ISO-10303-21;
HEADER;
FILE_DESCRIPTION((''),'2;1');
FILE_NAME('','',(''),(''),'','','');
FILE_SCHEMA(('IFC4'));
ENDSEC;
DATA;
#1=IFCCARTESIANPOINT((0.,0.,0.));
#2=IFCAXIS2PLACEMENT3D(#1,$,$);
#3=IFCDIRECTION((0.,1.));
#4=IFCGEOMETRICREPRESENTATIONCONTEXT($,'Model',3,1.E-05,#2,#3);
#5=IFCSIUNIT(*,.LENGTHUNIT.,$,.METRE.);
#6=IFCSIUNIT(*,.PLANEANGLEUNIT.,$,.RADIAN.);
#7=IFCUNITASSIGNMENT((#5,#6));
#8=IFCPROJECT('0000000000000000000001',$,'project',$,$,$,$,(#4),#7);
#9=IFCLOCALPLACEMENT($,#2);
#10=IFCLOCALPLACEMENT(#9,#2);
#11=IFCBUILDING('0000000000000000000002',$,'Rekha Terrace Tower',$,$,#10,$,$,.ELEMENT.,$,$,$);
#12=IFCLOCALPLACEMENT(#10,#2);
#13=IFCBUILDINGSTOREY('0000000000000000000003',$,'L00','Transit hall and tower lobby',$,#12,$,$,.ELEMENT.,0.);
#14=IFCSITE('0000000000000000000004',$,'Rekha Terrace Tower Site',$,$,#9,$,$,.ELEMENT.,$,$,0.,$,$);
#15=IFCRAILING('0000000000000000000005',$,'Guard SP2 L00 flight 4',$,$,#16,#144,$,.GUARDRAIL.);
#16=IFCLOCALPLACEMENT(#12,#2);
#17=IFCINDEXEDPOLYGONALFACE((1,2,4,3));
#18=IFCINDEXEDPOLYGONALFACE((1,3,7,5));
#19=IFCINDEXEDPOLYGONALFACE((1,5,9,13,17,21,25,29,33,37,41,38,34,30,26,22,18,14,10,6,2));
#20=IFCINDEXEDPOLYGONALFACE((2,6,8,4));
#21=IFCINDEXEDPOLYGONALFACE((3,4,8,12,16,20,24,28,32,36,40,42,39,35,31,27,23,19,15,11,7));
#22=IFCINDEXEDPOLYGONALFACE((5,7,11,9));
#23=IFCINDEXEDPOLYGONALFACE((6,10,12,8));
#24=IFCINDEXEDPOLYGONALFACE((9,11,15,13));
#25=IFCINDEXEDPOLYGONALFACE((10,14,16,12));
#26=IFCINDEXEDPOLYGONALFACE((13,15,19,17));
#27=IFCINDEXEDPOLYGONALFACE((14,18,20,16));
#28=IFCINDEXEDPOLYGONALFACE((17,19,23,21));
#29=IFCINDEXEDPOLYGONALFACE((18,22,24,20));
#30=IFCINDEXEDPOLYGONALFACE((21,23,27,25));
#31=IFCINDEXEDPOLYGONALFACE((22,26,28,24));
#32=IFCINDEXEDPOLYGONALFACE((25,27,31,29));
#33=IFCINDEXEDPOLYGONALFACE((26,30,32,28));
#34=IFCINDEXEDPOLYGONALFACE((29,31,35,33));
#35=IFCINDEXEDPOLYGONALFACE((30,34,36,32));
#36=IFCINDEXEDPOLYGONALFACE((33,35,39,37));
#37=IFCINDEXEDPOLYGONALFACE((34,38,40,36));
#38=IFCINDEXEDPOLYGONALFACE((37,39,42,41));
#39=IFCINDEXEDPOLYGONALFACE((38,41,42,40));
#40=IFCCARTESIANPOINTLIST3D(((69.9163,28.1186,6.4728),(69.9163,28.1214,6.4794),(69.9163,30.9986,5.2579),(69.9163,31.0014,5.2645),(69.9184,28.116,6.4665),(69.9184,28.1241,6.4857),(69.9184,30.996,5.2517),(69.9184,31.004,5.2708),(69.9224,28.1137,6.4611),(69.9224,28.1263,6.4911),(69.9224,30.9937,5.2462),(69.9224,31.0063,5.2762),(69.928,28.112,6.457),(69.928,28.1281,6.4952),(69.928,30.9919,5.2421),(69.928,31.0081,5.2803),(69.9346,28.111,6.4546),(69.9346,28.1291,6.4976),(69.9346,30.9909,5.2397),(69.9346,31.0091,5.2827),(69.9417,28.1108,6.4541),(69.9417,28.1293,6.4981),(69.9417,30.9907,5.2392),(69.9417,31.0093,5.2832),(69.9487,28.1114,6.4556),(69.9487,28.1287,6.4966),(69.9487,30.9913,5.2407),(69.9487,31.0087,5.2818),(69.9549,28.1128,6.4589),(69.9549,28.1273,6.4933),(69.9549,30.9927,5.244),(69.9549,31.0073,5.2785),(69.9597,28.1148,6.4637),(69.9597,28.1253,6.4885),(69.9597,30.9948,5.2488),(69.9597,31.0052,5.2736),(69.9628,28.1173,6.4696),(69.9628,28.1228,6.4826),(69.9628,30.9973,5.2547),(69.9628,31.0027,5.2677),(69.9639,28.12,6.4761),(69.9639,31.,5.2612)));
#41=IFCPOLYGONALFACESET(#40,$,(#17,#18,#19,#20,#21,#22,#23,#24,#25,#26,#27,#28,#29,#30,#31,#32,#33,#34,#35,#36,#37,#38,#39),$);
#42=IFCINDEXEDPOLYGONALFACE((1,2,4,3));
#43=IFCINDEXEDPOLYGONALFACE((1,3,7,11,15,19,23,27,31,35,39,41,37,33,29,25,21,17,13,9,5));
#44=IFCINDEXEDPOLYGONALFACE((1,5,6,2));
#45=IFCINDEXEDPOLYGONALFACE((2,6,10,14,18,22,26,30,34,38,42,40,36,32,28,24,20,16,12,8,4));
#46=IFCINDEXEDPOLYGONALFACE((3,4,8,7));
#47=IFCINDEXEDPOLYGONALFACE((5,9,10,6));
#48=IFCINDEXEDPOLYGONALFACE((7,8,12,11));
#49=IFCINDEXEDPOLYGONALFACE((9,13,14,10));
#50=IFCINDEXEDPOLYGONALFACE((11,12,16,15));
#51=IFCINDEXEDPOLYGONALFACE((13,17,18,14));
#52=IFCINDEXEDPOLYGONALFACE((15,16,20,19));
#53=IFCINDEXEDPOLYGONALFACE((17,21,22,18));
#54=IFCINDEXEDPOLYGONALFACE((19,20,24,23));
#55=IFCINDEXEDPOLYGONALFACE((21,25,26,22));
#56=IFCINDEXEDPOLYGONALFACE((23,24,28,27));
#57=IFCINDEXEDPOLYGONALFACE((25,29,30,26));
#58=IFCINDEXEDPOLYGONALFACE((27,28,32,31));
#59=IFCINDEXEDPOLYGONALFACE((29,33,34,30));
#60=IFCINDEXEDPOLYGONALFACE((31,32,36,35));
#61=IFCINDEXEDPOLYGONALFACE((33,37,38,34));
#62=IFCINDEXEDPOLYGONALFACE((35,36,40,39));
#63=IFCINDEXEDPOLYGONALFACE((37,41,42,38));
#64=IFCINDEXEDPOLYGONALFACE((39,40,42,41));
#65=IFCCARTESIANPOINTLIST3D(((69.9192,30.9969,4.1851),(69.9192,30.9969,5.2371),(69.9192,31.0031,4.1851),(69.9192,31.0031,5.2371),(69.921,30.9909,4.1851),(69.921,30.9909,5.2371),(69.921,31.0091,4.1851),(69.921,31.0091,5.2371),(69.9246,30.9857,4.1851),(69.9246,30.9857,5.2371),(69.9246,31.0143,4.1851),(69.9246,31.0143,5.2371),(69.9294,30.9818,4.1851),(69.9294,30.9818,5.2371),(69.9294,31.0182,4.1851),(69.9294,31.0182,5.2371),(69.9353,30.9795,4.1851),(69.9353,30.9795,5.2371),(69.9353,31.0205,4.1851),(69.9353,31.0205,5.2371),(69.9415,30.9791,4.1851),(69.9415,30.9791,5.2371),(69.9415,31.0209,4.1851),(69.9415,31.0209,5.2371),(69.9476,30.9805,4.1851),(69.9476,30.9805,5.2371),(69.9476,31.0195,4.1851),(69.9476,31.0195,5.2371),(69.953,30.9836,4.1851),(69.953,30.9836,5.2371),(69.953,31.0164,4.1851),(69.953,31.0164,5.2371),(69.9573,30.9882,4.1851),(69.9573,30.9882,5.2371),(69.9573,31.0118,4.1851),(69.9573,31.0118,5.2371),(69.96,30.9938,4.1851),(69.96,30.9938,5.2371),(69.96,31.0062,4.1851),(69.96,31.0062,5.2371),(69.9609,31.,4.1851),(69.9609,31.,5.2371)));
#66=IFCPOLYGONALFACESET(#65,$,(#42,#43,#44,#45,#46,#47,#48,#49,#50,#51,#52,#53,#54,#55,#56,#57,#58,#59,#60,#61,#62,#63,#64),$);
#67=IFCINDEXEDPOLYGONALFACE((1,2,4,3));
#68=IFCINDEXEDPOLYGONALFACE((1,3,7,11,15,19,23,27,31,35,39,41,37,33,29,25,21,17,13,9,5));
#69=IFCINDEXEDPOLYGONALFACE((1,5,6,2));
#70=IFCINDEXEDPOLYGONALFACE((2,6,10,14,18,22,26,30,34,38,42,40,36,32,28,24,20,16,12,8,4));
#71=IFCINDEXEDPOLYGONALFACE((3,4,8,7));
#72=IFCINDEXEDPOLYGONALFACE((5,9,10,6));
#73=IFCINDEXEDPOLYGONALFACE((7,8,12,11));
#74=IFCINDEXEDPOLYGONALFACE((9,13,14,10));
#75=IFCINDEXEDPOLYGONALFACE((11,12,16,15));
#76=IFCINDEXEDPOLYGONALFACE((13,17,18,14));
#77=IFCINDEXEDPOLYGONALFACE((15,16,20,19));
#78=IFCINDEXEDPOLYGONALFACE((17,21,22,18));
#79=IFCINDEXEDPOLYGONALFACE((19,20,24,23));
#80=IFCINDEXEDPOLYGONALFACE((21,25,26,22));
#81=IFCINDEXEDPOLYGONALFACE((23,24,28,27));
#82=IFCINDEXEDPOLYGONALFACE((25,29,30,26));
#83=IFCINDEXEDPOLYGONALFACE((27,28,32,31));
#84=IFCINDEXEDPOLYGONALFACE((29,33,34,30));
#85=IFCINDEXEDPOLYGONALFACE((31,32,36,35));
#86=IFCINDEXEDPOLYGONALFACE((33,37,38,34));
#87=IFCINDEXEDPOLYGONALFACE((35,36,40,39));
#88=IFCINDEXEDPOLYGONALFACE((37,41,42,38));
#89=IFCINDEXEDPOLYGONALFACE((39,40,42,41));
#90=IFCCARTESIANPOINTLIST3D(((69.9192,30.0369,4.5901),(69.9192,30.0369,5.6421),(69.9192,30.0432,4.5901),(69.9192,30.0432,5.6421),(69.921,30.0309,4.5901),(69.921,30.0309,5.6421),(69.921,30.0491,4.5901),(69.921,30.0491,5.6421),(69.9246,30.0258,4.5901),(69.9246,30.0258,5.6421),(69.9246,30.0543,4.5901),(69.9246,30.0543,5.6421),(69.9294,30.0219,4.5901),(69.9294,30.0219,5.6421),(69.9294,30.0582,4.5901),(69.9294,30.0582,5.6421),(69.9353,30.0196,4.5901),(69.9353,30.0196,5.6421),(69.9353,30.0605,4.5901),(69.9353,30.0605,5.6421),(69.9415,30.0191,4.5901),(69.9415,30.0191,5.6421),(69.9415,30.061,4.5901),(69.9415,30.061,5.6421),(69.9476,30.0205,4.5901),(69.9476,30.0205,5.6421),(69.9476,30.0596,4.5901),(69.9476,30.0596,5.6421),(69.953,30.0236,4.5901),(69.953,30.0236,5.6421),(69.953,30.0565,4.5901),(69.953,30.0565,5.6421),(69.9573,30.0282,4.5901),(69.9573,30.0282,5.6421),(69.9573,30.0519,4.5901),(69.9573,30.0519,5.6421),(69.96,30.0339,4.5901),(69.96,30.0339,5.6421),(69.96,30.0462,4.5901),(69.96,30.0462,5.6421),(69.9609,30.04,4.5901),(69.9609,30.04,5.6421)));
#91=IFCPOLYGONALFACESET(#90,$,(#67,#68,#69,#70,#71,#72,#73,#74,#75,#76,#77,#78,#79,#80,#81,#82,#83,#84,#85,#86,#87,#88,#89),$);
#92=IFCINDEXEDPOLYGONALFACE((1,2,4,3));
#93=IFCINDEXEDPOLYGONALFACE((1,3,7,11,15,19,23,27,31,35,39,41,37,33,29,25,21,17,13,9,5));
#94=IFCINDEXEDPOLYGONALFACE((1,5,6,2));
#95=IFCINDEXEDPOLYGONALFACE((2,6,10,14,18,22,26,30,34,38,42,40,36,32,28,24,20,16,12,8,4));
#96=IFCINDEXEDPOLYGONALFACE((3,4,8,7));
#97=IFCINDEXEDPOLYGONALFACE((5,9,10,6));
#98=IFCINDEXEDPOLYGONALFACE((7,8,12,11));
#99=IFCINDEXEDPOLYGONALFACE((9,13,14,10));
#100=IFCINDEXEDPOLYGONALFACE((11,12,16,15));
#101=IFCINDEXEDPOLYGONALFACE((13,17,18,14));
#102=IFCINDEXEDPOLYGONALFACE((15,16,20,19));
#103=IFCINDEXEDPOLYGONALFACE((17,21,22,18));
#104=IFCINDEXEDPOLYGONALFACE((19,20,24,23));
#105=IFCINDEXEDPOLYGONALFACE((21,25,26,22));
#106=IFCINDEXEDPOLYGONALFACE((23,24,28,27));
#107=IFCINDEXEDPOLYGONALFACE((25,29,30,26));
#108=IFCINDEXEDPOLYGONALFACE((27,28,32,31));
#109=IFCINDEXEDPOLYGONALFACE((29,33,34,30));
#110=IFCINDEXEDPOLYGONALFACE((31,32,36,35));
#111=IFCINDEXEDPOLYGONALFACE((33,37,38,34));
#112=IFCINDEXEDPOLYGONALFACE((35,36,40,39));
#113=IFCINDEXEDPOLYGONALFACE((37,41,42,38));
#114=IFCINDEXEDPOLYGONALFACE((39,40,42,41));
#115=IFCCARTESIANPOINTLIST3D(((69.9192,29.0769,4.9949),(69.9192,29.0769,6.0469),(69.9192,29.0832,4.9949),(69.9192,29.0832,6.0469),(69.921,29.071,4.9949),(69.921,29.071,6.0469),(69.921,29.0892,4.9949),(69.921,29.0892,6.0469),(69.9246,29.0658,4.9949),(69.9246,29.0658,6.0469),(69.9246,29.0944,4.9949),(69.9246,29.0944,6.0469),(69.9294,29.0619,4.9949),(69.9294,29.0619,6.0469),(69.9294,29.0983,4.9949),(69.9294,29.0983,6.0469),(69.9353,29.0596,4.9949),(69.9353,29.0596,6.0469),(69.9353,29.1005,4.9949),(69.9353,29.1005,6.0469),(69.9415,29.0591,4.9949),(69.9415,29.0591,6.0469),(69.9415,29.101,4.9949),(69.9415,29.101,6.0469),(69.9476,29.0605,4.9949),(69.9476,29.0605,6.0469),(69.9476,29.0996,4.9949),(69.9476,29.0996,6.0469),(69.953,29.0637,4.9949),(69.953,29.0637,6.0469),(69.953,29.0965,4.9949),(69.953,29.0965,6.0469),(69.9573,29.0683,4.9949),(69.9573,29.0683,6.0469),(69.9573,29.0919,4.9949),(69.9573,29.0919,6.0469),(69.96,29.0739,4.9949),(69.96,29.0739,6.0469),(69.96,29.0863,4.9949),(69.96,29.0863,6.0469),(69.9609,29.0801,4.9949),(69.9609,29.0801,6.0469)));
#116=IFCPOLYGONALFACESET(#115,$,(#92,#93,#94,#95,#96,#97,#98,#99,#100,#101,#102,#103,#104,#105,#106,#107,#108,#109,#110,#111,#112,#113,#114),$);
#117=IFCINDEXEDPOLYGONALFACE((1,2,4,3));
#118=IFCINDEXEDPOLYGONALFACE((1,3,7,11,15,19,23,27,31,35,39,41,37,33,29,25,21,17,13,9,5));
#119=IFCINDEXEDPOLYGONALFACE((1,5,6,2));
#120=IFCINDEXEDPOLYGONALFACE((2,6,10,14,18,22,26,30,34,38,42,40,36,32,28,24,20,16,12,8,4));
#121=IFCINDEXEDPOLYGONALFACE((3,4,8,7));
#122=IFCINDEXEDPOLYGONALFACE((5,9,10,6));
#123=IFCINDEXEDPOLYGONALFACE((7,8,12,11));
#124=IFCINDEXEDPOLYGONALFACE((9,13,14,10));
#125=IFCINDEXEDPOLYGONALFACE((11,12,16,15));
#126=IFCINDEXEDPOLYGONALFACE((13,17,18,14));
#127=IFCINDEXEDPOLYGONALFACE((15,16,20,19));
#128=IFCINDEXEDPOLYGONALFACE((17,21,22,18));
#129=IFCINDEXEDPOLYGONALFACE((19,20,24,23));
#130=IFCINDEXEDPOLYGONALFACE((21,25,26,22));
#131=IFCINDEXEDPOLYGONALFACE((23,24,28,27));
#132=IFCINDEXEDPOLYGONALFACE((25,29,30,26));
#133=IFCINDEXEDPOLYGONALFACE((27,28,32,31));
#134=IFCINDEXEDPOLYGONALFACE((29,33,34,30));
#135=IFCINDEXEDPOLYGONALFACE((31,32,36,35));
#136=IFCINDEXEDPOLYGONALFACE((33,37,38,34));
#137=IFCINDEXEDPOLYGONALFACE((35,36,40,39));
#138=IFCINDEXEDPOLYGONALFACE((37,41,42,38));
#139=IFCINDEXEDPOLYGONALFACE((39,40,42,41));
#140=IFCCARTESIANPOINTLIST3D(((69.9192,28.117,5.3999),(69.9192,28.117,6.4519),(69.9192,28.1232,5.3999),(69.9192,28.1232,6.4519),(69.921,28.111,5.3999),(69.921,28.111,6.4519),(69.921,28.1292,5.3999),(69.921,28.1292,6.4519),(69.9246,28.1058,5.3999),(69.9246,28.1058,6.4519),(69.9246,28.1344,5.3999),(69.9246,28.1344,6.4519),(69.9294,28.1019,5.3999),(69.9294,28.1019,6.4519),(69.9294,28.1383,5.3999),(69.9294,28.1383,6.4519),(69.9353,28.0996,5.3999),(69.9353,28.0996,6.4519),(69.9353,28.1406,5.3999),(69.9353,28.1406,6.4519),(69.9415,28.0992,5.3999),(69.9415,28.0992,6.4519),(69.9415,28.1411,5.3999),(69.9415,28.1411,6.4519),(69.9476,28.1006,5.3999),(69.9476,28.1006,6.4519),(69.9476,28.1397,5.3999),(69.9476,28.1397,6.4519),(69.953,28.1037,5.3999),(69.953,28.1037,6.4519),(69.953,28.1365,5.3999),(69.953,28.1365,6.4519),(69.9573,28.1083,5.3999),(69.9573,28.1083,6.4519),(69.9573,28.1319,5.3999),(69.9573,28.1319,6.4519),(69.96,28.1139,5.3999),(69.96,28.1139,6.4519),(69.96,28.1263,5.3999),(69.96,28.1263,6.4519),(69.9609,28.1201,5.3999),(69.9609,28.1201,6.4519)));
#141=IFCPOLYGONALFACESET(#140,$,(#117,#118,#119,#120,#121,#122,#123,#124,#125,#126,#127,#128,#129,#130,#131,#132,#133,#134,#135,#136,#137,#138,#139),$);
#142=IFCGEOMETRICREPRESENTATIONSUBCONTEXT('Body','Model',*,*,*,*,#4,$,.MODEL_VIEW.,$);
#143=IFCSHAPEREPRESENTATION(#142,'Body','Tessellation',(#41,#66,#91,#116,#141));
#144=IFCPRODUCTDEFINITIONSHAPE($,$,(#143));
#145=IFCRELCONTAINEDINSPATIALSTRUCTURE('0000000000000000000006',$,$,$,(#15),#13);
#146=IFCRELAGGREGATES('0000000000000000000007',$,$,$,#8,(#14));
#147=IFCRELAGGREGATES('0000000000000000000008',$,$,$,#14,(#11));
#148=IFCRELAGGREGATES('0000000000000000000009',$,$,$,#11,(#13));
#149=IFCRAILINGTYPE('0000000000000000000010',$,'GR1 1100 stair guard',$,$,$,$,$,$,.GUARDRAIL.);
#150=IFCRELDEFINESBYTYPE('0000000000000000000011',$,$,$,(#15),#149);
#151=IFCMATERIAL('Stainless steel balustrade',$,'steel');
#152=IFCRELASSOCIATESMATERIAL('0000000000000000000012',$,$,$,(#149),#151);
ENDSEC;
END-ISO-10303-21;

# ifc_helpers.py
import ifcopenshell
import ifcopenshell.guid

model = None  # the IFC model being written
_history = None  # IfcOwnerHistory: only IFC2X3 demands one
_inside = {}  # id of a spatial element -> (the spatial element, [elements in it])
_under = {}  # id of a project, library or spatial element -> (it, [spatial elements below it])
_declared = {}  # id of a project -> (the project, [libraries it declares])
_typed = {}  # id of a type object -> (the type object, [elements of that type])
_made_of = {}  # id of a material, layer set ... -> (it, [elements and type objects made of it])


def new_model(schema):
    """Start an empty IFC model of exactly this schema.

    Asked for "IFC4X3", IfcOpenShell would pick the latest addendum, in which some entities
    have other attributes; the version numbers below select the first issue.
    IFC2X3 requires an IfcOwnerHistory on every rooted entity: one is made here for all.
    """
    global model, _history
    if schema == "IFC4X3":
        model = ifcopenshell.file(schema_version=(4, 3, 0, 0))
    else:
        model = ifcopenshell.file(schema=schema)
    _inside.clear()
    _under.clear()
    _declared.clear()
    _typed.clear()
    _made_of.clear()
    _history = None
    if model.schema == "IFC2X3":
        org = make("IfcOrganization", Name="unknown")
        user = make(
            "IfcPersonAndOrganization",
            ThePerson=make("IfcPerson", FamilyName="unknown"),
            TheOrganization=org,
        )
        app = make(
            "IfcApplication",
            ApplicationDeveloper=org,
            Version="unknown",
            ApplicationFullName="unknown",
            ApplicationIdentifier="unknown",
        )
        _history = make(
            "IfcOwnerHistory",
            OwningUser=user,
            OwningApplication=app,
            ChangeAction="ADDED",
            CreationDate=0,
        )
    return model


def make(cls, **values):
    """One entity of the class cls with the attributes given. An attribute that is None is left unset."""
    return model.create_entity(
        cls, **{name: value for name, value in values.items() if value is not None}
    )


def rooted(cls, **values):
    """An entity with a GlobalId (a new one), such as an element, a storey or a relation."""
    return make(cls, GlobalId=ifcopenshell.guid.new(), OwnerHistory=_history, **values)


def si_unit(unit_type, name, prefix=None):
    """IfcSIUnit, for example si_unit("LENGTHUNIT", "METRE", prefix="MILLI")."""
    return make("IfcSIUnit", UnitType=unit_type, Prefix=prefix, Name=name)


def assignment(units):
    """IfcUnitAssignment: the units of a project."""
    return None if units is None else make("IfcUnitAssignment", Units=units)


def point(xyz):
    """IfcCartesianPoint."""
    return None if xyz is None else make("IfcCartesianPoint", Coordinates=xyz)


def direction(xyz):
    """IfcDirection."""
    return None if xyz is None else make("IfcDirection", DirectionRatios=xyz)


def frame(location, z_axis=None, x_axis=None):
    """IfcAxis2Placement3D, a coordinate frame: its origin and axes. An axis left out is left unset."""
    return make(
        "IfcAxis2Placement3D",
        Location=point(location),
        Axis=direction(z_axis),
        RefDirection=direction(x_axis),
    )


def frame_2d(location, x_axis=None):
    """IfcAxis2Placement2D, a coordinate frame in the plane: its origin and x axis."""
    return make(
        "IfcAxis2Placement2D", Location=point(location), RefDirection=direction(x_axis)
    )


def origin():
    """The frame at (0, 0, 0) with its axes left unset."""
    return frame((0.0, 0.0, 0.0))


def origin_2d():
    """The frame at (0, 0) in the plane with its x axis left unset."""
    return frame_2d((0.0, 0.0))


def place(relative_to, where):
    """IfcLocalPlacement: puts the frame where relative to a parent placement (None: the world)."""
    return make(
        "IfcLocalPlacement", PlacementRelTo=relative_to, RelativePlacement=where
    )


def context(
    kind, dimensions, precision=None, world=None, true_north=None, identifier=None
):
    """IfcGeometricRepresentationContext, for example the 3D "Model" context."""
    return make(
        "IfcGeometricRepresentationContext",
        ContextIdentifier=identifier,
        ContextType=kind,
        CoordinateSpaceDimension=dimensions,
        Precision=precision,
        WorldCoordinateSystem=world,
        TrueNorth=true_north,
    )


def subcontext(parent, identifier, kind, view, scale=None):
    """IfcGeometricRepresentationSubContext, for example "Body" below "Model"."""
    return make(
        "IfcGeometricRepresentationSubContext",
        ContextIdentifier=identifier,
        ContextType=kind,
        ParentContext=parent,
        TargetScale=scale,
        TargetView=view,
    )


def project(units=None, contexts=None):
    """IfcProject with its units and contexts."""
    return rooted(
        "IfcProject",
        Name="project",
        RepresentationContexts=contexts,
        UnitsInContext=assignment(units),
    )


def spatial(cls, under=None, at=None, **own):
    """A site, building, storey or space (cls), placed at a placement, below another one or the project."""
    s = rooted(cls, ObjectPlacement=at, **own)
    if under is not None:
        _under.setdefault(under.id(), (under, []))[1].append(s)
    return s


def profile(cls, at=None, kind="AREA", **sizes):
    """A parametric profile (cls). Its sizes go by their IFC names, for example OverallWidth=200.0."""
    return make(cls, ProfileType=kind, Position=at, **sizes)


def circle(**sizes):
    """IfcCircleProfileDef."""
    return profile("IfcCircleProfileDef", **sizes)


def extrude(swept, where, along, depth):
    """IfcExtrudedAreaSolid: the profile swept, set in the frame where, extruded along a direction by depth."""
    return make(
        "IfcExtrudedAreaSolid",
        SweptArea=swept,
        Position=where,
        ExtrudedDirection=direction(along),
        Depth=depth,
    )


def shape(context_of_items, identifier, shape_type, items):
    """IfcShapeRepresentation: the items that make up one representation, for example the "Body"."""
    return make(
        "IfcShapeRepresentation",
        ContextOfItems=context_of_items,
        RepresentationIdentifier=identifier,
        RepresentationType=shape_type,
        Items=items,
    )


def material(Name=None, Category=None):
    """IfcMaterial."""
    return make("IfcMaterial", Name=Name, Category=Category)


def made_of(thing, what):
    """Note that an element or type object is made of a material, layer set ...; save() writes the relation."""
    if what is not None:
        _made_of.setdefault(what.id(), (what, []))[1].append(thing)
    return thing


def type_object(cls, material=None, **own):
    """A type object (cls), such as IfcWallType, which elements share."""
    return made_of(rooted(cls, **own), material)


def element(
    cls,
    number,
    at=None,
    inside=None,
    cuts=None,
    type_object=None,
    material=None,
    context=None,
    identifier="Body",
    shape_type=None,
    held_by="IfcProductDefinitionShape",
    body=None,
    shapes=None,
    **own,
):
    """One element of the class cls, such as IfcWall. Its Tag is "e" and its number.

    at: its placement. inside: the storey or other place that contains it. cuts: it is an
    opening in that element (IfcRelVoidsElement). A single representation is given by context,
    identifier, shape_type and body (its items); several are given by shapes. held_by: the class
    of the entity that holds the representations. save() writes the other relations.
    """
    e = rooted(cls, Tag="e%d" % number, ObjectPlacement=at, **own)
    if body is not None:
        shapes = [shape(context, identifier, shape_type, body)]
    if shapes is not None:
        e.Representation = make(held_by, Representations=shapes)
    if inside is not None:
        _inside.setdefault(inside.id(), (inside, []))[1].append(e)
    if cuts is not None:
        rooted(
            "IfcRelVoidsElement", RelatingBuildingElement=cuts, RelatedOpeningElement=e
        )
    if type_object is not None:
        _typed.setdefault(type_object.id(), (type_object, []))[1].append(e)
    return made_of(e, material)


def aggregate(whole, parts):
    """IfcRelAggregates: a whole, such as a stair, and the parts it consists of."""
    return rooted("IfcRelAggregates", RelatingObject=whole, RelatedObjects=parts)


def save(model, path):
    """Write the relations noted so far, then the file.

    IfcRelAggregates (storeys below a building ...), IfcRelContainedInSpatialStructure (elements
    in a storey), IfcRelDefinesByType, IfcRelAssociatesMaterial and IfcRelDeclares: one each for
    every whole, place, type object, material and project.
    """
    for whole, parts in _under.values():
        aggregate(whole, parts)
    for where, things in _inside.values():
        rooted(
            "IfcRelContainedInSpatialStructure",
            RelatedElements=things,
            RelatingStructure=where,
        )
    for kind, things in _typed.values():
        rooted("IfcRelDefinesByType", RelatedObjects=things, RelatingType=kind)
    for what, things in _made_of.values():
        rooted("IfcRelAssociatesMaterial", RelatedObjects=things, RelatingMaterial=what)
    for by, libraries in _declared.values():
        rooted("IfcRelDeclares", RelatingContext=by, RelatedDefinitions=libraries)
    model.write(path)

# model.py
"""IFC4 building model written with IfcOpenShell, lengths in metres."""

from ifc_helpers import new_model, si_unit, direction, frame, origin, origin_2d, place, context, subcontext, project, spatial, circle, extrude, material, type_object, element, save


model = new_model("IFC4")

# Units and contexts
model_context = context("Model", 3, precision=1e-05, world=origin(), true_north=direction((0.0, 1.0)))
body_context = subcontext(model_context, "Body", "Model", "MODEL_VIEW")
ifc_project = project(units=[si_unit("LENGTHUNIT", "METRE"), si_unit("PLANEANGLEUNIT", "RADIAN")], contexts=[model_context])

# Site, building, storey
site_placement = place(None, origin())
site = spatial("IfcSite", under=ifc_project, at=site_placement, Name="Rekha Terrace Tower Site", CompositionType="ELEMENT", RefElevation=0.0)
building_placement = place(site_placement, origin())
building = spatial("IfcBuilding", under=site, at=building_placement, Name="Rekha Terrace Tower", CompositionType="ELEMENT")
storey_placement = place(building_placement, origin())
storey = spatial("IfcBuildingStorey", under=building, at=storey_placement, Name="L00", Description="Transit hall and tower lobby", CompositionType="ELEMENT", Elevation=0.0)

# Railing
ifc_material_1 = material(Name="Stainless steel balustrade", Category="steel")
railing_type_1 = type_object("IfcRailingType", Name="GR1 1100 stair guard", PredefinedType="GUARDRAIL", material=ifc_material_1)
railing_1_placement = place(storey_placement, frame((69.9399, 31.0, 4.1851)))
element("IfcRailing", 1, at=railing_1_placement, inside=storey, type_object=railing_type_1, Name="Guard SP2 L00 flight 4", PredefinedType="GUARDRAIL", context=body_context, shape_type="SweptSolid", body=[
    extrude(circle(Radius=0.0239, at=origin_2d()), frame((0.0, 0.0, 1.0762), z_axis=(0.0, -0.921376, 0.388671), x_axis=(1.0, 0.0, 0.0)), (0.0, 0.0, 1.0), 3.1257),
    extrude(circle(Radius=0.021, at=origin_2d()), origin(), (0.0, 0.0, 1.0), 1.052),
    extrude(circle(Radius=0.021, at=origin_2d()), frame((0.0, -0.96, 0.405)), (0.0, 0.0, 1.0), 1.052),
    extrude(circle(Radius=0.021, at=origin_2d()), frame((0.0, -1.9199, 0.8098)), (0.0, 0.0, 1.0), 1.052),
    extrude(circle(Radius=0.021, at=origin_2d()), frame((0.0, -2.8799, 1.2148)), (0.0, 0.0, 1.0), 1.052),
])

save(model, "model.ifc")
